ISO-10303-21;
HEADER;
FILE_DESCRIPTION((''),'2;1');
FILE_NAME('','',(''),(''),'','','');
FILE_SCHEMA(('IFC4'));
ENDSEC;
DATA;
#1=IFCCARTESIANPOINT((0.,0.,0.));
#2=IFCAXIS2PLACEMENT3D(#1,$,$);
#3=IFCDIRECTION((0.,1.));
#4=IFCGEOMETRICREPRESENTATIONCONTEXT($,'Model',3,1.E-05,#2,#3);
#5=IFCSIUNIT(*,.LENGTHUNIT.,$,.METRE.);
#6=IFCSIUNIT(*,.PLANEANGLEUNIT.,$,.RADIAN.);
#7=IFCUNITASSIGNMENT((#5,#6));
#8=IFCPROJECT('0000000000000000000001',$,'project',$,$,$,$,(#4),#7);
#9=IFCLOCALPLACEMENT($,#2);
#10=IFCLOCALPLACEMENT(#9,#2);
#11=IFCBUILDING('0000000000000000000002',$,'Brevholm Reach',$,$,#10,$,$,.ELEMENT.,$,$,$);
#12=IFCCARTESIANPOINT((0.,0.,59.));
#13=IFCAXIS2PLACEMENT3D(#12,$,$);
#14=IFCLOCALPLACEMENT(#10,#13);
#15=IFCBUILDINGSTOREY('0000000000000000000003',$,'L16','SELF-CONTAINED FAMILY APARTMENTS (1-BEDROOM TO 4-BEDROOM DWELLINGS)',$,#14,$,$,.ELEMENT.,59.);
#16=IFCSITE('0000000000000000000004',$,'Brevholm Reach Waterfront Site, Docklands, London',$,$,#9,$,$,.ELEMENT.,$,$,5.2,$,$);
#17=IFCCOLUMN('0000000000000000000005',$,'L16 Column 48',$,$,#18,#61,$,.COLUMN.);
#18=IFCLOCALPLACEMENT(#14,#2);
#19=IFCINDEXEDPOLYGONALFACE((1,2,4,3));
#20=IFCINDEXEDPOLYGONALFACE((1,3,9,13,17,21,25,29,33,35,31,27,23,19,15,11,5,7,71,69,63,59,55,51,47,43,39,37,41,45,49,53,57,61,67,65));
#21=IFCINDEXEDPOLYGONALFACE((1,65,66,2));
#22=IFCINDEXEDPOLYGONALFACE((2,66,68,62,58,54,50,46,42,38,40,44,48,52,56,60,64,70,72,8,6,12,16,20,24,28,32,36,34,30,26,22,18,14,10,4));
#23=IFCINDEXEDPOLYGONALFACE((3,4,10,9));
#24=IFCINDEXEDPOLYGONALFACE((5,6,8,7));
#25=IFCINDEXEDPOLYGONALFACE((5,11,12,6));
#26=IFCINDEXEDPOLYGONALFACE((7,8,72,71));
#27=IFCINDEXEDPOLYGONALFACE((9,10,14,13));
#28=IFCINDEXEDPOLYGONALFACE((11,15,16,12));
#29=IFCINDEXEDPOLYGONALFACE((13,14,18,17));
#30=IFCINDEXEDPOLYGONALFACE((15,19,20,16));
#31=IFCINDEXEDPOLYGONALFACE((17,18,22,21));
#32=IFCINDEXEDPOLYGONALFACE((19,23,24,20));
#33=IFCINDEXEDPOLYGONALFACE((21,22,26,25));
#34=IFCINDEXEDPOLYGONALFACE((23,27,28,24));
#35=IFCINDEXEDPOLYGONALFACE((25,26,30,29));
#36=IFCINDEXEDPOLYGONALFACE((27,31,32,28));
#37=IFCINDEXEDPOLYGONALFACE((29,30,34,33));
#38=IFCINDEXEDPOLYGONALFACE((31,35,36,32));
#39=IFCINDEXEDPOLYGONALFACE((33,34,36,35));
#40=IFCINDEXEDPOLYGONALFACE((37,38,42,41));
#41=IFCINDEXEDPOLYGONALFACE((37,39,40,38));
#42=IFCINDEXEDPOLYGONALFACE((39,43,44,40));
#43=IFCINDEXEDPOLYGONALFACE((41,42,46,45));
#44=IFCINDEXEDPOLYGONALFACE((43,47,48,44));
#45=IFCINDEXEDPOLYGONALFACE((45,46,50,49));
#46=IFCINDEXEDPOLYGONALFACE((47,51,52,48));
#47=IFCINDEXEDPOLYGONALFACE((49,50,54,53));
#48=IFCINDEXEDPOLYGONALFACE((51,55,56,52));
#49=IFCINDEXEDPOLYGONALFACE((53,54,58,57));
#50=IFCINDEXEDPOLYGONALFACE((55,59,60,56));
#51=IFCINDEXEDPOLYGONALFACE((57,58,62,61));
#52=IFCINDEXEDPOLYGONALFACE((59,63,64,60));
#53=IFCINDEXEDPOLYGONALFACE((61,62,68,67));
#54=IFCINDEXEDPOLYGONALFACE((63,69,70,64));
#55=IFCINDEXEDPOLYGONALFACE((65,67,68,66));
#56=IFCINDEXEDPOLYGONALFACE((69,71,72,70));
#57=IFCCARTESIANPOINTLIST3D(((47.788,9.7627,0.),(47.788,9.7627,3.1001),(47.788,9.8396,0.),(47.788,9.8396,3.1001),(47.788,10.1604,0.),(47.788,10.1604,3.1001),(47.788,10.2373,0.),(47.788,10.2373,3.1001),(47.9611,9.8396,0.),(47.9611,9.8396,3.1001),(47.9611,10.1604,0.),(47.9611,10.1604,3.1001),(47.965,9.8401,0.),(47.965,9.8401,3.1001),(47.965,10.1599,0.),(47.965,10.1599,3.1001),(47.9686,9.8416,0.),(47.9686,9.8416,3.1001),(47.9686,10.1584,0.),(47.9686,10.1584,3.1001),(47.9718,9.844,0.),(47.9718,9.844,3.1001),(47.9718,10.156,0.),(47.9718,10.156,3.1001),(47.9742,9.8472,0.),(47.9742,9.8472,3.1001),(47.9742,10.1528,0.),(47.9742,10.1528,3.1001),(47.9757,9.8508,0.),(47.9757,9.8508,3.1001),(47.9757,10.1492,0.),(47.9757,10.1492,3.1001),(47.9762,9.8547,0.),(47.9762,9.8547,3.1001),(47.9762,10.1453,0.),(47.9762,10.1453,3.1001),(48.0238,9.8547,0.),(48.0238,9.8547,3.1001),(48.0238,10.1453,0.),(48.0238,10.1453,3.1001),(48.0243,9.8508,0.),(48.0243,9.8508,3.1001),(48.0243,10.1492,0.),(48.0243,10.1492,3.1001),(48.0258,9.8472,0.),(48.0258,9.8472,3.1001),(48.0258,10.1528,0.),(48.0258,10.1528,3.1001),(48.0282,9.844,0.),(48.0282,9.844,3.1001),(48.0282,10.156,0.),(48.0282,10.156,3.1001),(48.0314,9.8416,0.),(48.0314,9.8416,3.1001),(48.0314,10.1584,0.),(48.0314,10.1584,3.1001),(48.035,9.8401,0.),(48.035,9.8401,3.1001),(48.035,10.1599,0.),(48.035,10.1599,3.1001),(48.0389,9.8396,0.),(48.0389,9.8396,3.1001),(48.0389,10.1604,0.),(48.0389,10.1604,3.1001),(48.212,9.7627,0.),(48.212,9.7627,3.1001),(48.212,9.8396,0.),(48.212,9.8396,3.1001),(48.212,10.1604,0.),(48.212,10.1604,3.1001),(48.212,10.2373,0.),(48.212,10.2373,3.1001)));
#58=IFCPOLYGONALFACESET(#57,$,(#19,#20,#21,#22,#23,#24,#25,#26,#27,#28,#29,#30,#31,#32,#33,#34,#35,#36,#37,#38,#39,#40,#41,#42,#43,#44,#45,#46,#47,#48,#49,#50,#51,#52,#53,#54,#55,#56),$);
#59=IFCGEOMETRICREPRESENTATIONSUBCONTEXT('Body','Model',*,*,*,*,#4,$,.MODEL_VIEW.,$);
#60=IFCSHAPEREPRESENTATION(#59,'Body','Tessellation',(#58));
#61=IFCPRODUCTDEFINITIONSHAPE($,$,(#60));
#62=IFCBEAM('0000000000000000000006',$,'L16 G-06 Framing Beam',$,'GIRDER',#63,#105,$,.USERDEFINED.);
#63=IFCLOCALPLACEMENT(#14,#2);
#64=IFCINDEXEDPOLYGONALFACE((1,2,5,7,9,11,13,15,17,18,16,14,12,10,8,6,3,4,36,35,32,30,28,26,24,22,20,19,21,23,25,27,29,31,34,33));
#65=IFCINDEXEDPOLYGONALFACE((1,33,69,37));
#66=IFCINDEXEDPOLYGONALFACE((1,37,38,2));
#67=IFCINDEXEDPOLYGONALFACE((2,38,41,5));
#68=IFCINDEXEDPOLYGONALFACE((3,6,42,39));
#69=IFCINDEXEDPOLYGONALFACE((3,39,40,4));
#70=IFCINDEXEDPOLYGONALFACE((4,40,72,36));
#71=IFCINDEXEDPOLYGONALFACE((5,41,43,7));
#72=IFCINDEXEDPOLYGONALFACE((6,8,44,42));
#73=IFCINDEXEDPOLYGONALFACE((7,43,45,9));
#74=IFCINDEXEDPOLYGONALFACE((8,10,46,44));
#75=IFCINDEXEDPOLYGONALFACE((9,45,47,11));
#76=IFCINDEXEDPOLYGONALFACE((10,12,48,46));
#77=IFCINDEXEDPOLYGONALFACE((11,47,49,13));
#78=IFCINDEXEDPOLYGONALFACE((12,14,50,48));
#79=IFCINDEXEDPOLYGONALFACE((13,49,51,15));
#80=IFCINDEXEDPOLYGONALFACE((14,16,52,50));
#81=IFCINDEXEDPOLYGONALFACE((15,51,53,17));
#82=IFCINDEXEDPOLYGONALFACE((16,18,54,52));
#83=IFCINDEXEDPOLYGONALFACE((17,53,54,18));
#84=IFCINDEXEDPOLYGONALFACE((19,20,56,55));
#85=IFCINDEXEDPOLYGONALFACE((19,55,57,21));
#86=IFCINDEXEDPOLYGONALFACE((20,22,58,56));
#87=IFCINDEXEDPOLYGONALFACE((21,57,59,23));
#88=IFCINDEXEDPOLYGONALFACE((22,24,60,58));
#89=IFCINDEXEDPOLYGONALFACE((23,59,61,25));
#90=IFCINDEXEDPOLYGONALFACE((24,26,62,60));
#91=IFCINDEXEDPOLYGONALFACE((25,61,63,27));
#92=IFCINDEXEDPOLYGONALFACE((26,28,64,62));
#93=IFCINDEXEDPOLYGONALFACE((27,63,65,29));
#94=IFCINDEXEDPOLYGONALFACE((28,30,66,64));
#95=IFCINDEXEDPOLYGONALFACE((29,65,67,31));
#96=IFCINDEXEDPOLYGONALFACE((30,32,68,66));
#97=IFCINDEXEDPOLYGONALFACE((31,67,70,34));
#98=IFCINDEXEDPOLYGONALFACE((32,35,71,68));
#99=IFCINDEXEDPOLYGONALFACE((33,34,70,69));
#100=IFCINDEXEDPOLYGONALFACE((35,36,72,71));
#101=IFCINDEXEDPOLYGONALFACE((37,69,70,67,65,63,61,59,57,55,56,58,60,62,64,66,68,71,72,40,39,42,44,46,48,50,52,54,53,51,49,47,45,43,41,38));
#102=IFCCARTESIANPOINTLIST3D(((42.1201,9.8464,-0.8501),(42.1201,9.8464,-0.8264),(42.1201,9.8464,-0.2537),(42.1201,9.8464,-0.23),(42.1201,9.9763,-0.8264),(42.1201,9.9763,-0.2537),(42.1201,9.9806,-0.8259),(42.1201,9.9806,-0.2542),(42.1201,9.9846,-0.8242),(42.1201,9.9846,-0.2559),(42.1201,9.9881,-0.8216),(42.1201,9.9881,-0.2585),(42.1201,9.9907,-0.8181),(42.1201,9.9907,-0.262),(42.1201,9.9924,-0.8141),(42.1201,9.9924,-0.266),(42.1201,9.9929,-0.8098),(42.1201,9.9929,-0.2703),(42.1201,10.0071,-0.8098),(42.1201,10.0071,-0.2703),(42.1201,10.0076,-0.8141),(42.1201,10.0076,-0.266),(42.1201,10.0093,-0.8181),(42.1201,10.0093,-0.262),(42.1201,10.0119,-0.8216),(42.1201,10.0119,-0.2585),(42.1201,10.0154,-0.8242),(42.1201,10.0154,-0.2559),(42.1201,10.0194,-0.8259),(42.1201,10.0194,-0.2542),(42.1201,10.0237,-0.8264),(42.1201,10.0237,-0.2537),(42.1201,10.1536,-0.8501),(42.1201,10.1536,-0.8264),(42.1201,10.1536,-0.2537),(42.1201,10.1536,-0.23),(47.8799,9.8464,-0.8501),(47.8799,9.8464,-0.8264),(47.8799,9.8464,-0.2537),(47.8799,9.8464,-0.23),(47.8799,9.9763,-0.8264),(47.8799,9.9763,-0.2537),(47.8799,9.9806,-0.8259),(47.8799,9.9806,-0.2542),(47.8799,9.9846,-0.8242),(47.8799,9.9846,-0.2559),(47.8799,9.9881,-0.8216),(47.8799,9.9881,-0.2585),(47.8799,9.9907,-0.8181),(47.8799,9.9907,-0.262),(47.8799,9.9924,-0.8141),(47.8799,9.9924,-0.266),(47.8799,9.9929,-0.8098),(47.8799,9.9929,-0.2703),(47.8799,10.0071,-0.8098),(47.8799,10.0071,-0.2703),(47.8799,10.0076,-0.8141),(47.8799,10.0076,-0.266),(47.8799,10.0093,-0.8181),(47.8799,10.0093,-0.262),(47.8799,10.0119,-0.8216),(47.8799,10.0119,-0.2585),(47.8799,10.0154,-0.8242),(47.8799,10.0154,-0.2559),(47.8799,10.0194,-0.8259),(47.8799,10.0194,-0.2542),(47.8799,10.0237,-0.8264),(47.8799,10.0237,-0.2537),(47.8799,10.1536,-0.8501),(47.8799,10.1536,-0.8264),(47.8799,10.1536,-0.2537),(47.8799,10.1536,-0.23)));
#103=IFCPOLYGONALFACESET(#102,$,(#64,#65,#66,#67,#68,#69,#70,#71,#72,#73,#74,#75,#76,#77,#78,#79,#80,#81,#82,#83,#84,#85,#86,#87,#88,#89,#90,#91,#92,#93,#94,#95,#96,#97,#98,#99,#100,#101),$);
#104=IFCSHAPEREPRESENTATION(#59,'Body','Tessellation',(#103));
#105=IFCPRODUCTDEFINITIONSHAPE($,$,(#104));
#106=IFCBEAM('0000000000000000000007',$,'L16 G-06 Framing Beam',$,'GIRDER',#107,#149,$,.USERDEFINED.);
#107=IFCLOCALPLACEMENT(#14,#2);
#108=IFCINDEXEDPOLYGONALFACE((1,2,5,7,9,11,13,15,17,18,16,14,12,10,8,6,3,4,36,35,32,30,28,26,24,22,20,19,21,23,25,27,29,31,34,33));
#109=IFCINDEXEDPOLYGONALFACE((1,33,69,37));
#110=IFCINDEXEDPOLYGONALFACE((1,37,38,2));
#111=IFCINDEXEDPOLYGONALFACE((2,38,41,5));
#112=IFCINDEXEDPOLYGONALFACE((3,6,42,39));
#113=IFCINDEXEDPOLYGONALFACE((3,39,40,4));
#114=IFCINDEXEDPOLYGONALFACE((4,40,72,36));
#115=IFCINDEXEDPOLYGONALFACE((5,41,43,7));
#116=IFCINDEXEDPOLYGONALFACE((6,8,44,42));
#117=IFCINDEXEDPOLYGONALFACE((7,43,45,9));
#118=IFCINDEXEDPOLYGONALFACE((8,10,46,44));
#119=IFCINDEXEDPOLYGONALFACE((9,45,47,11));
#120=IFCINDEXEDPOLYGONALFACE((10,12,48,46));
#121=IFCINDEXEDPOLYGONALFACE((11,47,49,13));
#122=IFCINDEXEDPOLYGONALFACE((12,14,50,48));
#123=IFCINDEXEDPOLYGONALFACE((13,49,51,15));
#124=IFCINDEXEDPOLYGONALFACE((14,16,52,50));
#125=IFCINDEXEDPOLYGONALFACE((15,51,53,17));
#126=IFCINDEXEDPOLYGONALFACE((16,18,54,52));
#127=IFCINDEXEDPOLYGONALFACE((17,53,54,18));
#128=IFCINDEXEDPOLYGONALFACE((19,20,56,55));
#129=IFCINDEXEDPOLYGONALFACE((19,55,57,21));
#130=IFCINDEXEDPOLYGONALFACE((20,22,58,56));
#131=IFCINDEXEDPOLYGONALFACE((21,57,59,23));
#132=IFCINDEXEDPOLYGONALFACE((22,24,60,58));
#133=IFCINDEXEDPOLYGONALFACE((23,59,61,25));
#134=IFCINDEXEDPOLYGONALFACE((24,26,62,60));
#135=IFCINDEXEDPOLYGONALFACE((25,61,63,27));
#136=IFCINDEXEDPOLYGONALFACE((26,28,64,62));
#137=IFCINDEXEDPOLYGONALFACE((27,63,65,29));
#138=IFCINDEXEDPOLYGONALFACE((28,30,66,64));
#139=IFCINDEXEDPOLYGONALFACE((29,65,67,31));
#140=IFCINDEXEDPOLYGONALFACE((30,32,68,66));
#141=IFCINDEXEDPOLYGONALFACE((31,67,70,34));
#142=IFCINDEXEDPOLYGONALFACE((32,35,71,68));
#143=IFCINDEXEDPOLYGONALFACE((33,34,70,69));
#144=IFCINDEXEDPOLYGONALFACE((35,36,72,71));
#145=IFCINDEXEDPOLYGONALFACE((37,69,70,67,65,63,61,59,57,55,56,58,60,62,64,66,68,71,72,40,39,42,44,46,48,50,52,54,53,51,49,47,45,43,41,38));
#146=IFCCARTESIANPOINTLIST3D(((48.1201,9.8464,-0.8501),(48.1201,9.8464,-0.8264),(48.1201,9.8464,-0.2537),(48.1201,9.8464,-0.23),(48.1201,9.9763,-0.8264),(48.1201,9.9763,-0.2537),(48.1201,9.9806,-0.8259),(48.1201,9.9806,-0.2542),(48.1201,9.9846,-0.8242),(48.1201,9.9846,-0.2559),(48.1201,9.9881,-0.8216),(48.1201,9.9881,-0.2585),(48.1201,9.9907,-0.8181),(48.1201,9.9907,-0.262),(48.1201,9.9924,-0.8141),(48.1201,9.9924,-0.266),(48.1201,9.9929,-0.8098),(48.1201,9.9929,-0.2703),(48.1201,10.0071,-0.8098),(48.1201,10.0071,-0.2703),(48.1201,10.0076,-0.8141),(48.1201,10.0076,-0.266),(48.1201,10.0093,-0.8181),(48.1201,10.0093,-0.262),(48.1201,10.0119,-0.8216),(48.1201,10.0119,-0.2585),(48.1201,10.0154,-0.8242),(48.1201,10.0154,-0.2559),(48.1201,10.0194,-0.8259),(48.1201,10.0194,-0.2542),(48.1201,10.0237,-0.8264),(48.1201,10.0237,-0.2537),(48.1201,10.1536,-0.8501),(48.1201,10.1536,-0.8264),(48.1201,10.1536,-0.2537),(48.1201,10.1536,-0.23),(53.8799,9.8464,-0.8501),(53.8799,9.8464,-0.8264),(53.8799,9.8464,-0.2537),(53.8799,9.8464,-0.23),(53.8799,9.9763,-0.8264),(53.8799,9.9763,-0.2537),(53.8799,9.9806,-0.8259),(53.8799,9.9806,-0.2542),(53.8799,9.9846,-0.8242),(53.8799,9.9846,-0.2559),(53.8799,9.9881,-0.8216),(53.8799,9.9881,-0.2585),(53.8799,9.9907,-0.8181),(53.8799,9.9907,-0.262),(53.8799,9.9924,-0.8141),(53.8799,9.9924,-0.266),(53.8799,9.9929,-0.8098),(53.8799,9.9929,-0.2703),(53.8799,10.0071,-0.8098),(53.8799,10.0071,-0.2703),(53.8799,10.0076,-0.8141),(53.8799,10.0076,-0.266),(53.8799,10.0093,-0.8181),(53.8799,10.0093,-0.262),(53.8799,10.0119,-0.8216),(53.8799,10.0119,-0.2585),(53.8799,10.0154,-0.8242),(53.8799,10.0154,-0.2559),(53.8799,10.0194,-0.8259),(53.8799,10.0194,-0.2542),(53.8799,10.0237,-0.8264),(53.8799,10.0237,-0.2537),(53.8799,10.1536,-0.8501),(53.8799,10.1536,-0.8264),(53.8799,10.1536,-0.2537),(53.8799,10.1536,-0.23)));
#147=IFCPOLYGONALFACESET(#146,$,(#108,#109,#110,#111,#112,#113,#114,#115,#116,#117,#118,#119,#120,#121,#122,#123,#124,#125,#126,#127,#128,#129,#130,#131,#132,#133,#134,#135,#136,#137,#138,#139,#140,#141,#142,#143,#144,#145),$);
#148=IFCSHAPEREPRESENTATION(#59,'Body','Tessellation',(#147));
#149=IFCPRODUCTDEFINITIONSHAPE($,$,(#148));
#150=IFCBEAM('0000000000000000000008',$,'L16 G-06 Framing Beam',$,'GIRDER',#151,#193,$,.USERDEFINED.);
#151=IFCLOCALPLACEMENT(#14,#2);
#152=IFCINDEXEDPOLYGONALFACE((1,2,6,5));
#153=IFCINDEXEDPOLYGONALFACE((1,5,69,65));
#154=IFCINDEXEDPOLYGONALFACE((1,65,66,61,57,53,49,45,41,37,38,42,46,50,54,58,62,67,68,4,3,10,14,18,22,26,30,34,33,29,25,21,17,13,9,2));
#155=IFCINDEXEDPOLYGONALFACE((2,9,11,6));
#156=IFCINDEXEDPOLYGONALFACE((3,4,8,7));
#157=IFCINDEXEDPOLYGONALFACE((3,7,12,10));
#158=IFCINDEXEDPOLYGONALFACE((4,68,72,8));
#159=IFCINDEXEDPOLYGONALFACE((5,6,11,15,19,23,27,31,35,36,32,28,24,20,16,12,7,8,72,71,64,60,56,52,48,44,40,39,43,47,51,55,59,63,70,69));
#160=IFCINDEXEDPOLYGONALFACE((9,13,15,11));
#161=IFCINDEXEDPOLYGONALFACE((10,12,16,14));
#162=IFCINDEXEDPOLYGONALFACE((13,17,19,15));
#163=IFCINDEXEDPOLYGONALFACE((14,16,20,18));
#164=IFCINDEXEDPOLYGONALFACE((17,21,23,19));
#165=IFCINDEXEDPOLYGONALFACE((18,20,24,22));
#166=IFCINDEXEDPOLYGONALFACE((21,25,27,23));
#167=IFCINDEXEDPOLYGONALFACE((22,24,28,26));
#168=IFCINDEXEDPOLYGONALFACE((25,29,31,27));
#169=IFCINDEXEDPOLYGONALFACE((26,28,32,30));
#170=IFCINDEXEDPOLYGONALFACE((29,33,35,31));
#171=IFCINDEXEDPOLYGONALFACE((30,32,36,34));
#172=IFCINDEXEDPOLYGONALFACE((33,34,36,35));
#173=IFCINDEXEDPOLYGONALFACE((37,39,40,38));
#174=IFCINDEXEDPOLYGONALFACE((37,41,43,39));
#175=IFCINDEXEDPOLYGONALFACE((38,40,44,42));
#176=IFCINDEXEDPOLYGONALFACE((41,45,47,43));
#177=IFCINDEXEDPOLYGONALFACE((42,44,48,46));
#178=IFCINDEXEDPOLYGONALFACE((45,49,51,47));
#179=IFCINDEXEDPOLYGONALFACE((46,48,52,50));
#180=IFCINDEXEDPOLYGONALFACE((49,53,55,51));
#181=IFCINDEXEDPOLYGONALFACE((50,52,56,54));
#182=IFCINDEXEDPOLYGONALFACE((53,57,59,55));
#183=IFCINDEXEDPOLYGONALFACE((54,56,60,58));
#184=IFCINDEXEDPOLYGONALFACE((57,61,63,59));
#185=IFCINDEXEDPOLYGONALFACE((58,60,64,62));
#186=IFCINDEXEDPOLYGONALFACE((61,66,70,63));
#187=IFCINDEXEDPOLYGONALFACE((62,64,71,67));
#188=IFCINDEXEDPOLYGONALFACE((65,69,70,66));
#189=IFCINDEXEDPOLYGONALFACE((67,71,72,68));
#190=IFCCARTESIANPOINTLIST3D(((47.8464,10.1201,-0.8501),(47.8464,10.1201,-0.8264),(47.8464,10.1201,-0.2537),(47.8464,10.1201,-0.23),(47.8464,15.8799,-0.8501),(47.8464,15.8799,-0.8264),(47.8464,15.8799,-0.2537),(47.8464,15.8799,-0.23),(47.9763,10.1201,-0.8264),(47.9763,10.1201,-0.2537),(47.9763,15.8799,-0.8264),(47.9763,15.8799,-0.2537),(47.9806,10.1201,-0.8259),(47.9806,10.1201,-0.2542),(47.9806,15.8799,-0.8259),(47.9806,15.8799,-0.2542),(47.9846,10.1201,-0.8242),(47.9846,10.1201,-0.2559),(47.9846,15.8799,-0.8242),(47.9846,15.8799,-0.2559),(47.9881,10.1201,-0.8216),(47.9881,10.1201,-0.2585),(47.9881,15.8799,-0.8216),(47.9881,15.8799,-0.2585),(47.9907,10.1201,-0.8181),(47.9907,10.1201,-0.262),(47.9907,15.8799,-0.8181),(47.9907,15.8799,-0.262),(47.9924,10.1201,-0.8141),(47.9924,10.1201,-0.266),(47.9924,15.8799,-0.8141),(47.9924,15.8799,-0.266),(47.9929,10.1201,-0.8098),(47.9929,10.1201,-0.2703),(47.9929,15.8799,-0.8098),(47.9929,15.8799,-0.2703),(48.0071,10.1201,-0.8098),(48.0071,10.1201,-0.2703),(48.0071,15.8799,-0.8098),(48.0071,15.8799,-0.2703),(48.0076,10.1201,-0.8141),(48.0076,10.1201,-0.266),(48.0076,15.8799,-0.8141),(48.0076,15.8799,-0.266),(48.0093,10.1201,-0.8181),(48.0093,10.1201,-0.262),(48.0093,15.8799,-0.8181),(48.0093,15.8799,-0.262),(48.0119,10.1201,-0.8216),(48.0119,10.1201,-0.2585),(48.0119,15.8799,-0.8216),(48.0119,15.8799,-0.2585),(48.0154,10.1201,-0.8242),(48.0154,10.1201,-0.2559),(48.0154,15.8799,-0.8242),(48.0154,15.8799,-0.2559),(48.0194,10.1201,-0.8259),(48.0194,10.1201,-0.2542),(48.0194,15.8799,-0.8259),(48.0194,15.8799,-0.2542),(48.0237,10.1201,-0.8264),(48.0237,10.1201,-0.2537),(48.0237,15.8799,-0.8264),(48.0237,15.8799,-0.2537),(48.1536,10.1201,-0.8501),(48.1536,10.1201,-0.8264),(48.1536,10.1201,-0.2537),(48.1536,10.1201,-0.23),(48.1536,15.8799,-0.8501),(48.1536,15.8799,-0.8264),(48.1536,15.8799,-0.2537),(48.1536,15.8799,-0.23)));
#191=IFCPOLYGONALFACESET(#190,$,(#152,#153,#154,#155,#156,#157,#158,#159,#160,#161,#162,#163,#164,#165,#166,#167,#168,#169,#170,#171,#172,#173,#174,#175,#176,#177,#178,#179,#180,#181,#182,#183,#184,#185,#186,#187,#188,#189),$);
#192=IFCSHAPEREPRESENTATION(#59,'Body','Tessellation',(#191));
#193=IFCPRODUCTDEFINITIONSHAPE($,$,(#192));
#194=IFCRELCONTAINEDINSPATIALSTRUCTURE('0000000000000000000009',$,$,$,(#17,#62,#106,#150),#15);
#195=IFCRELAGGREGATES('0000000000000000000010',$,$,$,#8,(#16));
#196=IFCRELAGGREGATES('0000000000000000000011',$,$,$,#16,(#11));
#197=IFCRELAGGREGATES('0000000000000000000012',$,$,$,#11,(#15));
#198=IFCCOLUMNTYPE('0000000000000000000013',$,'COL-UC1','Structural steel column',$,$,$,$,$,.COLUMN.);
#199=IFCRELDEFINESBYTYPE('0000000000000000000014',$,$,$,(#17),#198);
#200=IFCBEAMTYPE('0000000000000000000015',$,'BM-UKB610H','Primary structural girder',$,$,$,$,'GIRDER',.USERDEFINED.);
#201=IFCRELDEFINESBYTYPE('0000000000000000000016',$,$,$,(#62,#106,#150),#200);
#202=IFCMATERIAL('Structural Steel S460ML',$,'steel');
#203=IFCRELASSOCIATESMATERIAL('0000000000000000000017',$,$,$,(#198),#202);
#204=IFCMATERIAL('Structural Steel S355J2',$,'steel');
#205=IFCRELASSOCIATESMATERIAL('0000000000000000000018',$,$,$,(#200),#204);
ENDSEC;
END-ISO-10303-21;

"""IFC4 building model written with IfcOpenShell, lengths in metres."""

from ifc_helpers import new_model, si_unit, direction, frame, origin, origin_2d, place, context, subcontext, project, spatial, i_section, extrude, material, material_profile, profile_set, type_object, element, save


model = new_model("IFC4")

# Units and contexts
model_context = context("Model", 3, precision=1e-05, world=origin(), true_north=direction((0.0, 1.0)))
body_context = subcontext(model_context, "Body", "Model", "MODEL_VIEW")
ifc_project = project(units=[si_unit("LENGTHUNIT", "METRE"), si_unit("PLANEANGLEUNIT", "RADIAN")], contexts=[model_context])

# Site, building, storey
site_placement = place(None, origin())
site = spatial("IfcSite", under=ifc_project, at=site_placement, Name="Brevholm Reach Waterfront Site, Docklands, London", CompositionType="ELEMENT", RefElevation=5.2)
building_placement = place(site_placement, origin())
building = spatial("IfcBuilding", under=site, at=building_placement, Name="Brevholm Reach", CompositionType="ELEMENT")
storey_placement = place(building_placement, frame((0.0, 0.0, 59.0)))
storey = spatial("IfcBuildingStorey", under=building, at=storey_placement, Name="L16", Description="SELF-CONTAINED FAMILY APARTMENTS (1-BEDROOM TO 4-BEDROOM DWELLINGS)", CompositionType="ELEMENT", Elevation=59.0)

# Column
ifc_material_1 = material(Name="Structural Steel S460ML", Category="steel")
ifc_material_profile_1 = material_profile(ifc_material_1, i_section(OverallWidth=0.4241, OverallDepth=0.4746, WebThickness=0.0476, FlangeThickness=0.0769, FilletRadius=0.0151, at=origin_2d()), Name="UKC 356x406x634")
ifc_profile_set_1 = profile_set([ifc_material_profile_1], Name="Structural Steel S460ML")
column_type = type_object("IfcColumnType", Name="COL-UC1", Description="Structural steel column", PredefinedType="COLUMN", material=ifc_profile_set_1)
column_placement = place(storey_placement, frame((48.0, 10.0, 0.0), z_axis=(0.0, 0.0, 1.0), x_axis=(1.0, 0.0, 0.0)))
element("IfcColumn", 1, at=column_placement, inside=storey, type_object=column_type, Name="L16 Column 48", PredefinedType="COLUMN", context=body_context, shape_type="SweptSolid", body=[
    extrude(i_section(OverallWidth=0.4241, OverallDepth=0.4746, WebThickness=0.0476, FlangeThickness=0.0769, FilletRadius=0.0151, at=origin_2d()), origin(), (0.0, 0.0, 1.0), 3.1001),
])

# Beams
ifc_material_2 = material(Name="Structural Steel S355J2", Category="steel")
ifc_material_profile_2 = material_profile(ifc_material_2, i_section(OverallWidth=0.3071, OverallDepth=0.6201, WebThickness=0.0142, FlangeThickness=0.0237, FilletRadius=0.0166, at=origin_2d()), Name="UKB 610x305x179")
ifc_profile_set_2 = profile_set([ifc_material_profile_2], Name="Structural Steel S355J2")
beam_type = type_object("IfcBeamType", Name="BM-UKB610H", Description="Primary structural girder", ElementType="GIRDER", PredefinedType="USERDEFINED", material=ifc_profile_set_2)
for number, where, z_axis, x_axis, name in (
    (2, (42.1201, 10.0, -0.54), (1.0, 0.0, 0.0), (0.0, 1.0, 0.0), "L16 G-06 Framing Beam"),
    (3, (48.1201, 10.0, -0.54), (1.0, 0.0, 0.0), (0.0, 1.0, 0.0), "L16 G-06 Framing Beam"),
    (4, (48.0, 10.1201, -0.54), (0.0, 1.0, 0.0), (-1.0, 0.0, 0.0), "L16 G-06 Framing Beam"),
):
    element("IfcBeam", number, at=place(storey_placement, frame(where, z_axis=z_axis, x_axis=x_axis)), inside=storey, type_object=beam_type, Name=name, ObjectType="GIRDER", PredefinedType="USERDEFINED", context=body_context, shape_type="SweptSolid", body=[
        extrude(i_section(OverallWidth=0.3071, OverallDepth=0.6201, WebThickness=0.0142, FlangeThickness=0.0237, FilletRadius=0.0166, at=origin_2d()), origin(), (0.0, 0.0, 1.0), 5.7598),
    ])

save(model, "model.ifc")
